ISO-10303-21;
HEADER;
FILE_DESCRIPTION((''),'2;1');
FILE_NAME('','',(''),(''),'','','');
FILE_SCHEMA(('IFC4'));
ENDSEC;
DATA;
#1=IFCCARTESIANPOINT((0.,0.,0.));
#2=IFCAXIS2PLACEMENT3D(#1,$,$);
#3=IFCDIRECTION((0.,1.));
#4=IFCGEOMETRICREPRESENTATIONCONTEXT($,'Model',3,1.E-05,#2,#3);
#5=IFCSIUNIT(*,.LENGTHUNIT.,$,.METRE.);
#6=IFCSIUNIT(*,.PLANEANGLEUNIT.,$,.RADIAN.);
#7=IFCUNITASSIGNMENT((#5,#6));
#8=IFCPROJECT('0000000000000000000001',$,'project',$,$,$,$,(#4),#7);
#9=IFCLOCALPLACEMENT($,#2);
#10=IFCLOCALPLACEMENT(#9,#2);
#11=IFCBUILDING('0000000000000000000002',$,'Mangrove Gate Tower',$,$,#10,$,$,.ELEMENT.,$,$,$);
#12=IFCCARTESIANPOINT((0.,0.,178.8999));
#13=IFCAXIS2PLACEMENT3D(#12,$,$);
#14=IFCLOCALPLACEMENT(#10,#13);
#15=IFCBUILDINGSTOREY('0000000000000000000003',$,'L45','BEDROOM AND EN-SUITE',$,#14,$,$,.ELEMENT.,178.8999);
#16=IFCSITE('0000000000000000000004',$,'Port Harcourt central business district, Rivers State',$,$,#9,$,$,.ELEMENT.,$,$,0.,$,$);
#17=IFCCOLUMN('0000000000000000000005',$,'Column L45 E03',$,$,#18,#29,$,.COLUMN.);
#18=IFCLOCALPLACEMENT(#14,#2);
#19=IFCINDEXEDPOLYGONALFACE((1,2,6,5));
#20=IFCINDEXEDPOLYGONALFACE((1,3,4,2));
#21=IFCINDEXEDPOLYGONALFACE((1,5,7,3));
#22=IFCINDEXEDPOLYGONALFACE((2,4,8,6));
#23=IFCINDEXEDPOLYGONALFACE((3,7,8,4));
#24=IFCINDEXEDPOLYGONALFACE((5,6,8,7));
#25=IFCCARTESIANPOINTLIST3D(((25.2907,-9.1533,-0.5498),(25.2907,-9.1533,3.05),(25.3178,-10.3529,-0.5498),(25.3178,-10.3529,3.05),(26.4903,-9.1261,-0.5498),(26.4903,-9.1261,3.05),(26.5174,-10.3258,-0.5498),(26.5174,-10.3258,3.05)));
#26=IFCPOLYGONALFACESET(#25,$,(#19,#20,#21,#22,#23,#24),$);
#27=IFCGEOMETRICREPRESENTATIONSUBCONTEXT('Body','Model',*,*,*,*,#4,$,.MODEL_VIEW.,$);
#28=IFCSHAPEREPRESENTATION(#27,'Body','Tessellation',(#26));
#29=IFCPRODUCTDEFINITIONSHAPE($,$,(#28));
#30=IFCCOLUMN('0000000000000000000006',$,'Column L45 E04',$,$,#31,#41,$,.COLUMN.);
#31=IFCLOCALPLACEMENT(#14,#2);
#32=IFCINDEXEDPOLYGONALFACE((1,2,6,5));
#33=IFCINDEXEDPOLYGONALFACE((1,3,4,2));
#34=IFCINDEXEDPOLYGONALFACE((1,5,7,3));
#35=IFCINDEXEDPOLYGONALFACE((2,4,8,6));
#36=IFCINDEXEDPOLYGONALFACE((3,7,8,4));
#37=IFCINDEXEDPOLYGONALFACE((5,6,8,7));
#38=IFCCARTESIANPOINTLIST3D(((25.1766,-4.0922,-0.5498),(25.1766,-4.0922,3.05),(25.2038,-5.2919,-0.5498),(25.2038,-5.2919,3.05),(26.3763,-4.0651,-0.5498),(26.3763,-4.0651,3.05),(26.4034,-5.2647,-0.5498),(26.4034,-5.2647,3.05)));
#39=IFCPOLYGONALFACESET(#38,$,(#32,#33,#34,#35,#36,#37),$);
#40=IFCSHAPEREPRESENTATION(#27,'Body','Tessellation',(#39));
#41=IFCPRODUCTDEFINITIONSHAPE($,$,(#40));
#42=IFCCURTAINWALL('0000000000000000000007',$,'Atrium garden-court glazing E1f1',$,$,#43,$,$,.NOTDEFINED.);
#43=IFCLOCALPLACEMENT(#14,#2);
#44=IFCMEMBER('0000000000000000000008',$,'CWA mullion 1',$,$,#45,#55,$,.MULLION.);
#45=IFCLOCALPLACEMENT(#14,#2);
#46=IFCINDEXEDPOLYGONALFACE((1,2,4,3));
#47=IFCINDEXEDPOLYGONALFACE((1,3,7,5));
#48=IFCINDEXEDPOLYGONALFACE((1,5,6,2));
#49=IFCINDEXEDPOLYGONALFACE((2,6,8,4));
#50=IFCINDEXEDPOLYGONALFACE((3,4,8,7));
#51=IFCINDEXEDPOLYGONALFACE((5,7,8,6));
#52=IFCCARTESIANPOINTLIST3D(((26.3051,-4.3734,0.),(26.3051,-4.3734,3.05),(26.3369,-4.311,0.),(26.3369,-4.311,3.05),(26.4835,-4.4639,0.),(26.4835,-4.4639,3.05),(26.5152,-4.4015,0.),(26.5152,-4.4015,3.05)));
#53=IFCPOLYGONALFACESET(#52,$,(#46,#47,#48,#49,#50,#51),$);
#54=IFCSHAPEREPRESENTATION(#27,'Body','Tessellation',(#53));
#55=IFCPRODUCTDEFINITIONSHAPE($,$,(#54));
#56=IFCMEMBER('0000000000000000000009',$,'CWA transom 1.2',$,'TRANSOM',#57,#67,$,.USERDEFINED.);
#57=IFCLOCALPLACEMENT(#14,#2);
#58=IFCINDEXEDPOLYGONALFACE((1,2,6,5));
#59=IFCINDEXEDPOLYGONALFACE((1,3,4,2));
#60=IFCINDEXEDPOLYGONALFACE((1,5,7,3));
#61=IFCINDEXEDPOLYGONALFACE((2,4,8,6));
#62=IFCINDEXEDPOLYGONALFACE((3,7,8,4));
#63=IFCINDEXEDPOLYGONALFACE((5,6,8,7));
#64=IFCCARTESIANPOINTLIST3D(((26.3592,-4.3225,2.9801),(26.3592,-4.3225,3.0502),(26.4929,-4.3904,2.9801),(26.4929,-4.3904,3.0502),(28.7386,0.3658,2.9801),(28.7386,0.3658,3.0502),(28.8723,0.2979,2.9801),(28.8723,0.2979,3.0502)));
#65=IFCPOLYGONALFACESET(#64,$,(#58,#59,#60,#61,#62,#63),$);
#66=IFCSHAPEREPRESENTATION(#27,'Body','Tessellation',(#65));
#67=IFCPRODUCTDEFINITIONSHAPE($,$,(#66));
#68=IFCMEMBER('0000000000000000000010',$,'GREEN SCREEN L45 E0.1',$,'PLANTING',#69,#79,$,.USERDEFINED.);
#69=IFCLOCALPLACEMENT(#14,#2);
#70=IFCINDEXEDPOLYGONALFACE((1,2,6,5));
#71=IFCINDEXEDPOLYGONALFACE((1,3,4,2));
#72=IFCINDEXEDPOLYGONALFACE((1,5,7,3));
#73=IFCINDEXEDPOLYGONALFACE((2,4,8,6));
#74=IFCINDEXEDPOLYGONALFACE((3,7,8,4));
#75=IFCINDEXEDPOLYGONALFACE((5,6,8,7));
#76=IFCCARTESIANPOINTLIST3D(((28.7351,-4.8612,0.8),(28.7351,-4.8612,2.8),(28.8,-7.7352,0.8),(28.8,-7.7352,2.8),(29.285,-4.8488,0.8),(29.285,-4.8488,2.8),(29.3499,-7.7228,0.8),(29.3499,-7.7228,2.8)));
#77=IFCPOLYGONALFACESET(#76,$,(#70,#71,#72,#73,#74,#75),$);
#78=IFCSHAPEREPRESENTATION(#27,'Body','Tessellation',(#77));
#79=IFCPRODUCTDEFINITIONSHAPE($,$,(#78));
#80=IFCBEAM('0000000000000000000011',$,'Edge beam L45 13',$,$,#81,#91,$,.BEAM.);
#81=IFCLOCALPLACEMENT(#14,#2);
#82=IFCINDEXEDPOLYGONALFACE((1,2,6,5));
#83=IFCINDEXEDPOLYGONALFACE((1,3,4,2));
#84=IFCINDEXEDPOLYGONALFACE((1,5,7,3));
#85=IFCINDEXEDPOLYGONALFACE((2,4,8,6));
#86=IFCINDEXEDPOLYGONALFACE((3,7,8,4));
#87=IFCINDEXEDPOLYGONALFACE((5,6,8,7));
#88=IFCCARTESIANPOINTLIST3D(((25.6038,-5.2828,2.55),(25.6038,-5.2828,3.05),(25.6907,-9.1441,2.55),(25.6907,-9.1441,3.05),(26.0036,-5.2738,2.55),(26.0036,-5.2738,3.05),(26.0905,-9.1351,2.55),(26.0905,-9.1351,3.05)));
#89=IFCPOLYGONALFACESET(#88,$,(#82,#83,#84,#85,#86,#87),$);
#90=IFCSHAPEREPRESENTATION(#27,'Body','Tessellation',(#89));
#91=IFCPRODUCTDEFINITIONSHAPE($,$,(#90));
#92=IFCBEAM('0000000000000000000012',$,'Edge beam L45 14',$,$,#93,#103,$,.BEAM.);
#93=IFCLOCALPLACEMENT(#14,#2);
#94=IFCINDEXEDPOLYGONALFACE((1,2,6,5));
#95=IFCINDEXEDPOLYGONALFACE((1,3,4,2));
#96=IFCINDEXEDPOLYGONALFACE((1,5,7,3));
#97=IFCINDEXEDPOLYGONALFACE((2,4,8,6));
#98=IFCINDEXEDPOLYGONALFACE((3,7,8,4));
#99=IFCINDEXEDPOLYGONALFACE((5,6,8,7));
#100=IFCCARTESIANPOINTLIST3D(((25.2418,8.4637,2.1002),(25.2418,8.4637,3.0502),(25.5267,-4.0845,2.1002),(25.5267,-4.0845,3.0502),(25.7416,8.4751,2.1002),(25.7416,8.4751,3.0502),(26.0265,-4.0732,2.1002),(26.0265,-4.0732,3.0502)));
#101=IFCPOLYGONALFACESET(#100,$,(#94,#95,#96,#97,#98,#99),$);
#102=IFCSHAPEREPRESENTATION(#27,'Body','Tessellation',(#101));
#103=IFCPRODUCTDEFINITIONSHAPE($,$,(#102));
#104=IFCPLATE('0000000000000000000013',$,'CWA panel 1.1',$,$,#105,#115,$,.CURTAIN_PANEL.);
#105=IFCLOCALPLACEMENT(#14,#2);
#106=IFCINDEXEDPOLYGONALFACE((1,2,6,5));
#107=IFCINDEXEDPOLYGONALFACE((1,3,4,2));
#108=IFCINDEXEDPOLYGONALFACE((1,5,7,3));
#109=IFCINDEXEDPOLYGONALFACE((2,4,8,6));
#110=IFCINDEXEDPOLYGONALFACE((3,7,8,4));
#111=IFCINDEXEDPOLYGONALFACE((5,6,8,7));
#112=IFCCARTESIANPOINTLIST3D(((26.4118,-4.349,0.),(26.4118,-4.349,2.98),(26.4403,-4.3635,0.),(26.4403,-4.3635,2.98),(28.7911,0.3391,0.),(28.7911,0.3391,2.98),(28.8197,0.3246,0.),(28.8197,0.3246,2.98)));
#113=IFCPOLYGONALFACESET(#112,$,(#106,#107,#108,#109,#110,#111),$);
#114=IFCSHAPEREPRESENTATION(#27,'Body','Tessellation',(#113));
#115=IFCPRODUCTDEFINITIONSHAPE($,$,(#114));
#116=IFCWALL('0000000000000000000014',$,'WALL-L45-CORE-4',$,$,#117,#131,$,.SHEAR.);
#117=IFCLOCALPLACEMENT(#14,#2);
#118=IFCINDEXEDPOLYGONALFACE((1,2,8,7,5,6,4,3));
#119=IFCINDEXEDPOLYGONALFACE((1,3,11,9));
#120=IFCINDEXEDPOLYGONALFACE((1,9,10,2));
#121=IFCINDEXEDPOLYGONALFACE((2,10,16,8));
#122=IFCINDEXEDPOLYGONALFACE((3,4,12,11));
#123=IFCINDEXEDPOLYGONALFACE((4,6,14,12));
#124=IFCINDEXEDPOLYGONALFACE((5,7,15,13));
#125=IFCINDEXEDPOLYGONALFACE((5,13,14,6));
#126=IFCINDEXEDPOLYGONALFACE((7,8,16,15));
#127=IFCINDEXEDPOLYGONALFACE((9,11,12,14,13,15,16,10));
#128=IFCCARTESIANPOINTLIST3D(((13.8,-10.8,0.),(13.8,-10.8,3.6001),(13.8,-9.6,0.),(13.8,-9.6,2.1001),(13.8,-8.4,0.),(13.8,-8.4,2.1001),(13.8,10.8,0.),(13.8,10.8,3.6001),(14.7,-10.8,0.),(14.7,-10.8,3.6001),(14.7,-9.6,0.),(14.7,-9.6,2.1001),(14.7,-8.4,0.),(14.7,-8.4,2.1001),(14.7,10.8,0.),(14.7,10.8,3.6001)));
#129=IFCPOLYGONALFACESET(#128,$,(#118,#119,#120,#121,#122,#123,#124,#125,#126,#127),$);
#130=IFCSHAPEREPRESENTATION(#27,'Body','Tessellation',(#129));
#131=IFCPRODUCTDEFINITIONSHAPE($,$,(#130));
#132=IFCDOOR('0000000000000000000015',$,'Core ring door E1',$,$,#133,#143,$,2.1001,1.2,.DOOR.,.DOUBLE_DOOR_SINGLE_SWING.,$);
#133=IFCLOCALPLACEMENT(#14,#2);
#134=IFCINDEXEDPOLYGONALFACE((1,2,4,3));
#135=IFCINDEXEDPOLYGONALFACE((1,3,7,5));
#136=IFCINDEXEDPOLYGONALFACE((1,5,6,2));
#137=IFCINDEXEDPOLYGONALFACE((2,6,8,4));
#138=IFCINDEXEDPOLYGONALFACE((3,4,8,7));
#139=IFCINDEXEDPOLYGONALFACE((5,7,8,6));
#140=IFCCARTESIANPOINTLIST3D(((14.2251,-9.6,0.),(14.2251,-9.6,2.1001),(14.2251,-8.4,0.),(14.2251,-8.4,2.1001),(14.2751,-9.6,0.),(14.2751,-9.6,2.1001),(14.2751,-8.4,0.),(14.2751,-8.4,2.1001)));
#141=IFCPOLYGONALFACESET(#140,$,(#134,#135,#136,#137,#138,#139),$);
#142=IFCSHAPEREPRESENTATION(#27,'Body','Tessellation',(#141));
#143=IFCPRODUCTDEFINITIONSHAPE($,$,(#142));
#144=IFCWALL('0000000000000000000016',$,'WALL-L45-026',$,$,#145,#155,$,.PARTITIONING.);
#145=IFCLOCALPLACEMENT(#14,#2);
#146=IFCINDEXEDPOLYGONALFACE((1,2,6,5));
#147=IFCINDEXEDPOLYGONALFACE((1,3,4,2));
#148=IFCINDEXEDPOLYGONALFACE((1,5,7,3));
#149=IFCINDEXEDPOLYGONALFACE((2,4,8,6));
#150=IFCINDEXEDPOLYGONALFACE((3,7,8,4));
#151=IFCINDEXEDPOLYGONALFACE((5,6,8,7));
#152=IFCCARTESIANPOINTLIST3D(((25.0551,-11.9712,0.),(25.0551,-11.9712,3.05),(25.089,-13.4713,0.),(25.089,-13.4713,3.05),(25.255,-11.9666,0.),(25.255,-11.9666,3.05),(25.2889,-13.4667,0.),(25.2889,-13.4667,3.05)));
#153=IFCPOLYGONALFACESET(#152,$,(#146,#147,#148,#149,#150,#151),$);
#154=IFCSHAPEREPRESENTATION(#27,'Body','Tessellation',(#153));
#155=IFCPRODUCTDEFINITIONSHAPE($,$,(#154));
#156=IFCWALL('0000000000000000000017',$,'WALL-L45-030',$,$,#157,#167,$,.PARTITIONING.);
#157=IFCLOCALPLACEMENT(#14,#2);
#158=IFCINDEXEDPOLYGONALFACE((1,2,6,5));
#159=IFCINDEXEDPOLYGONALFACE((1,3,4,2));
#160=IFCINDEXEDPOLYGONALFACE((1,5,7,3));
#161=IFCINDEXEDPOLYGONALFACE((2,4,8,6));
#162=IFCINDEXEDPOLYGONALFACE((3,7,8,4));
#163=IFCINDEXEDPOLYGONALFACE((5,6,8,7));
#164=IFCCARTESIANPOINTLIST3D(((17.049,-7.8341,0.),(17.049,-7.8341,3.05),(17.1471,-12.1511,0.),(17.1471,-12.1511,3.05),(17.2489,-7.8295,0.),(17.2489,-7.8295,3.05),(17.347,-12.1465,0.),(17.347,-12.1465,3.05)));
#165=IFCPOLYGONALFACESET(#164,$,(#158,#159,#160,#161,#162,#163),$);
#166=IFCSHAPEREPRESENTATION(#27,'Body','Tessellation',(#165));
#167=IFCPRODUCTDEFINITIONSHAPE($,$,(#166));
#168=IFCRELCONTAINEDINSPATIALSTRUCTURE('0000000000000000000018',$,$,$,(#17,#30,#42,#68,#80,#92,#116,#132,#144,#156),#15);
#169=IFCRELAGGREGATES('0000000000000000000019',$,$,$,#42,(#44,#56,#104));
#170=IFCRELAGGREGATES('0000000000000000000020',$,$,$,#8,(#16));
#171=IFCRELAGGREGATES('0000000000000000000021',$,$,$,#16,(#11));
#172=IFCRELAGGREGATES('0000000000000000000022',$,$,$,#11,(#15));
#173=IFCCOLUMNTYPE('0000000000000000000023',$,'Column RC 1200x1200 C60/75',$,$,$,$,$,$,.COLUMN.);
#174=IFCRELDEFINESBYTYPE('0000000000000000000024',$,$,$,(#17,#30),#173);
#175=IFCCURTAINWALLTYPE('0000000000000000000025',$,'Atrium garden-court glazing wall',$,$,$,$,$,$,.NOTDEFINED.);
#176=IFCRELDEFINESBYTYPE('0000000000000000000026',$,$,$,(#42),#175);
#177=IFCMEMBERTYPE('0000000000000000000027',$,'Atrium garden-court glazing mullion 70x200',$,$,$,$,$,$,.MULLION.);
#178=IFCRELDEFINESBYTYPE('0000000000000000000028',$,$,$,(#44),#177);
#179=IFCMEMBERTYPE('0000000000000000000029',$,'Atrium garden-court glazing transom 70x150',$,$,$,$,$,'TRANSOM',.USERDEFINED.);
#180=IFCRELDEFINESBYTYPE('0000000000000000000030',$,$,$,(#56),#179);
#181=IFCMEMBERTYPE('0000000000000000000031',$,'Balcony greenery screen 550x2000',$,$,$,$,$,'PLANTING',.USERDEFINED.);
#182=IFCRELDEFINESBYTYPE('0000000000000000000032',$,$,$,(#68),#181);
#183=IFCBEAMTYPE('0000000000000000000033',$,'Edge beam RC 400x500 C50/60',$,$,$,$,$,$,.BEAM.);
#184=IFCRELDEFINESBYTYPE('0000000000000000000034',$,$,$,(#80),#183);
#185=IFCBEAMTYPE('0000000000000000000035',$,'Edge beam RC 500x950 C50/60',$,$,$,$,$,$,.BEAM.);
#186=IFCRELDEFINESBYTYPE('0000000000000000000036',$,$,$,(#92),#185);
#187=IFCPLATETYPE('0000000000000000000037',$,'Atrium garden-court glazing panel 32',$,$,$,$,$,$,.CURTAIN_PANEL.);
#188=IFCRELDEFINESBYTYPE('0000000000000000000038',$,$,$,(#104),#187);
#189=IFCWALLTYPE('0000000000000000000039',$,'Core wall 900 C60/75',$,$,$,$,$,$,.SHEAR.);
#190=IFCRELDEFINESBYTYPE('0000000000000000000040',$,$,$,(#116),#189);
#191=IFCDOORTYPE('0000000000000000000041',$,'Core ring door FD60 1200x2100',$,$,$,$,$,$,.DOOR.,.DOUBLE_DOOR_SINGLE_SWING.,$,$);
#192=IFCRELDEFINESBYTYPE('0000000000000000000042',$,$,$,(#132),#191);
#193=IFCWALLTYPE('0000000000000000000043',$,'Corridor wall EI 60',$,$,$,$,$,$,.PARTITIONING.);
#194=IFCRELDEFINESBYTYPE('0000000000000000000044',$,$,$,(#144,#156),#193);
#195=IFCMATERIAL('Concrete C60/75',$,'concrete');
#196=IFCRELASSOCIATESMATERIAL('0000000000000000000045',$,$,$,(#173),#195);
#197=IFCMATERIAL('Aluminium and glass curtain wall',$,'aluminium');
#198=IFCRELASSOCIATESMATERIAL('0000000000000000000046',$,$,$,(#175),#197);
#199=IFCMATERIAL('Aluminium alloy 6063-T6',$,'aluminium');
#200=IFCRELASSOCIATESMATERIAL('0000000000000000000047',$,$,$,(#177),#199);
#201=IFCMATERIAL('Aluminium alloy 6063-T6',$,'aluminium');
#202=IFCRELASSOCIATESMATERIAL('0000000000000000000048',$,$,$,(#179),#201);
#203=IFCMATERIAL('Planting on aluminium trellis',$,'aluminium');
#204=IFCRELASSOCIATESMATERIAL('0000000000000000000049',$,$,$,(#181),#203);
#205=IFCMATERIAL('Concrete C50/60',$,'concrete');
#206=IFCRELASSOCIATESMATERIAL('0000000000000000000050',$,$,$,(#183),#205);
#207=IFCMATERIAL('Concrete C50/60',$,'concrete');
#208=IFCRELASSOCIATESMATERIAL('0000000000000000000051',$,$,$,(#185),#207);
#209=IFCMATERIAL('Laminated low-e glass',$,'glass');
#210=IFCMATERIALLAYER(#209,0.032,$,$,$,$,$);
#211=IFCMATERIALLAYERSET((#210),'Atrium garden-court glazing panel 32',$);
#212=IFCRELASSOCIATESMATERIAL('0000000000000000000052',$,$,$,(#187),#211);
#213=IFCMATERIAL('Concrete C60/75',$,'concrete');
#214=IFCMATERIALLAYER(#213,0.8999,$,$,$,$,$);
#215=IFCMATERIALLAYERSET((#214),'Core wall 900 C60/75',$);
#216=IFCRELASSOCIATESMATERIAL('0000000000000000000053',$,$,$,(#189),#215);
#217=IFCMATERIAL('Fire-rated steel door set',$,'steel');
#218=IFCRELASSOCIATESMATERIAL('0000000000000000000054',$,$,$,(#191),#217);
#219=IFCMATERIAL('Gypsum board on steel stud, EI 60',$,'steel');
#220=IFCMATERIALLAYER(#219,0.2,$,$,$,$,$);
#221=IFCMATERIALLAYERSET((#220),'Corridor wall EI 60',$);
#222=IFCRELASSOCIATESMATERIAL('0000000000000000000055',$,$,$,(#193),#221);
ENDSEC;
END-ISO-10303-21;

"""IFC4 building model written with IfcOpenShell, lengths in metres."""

from ifc_helpers import new_model, si_unit, direction, frame, frame_2d, origin, origin_2d, place, context, subcontext, project, spatial, rectangle, extrude, material, layer, layer_set, material_profile, profile_set, type_object, element, fill, aggregate, save


model = new_model("IFC4")

# Units and contexts
model_context = context("Model", 3, precision=1e-05, world=origin(), true_north=direction((0.0, 1.0)))
body_context = subcontext(model_context, "Body", "Model", "MODEL_VIEW")
ifc_project = project(units=[si_unit("LENGTHUNIT", "METRE"), si_unit("PLANEANGLEUNIT", "RADIAN")], contexts=[model_context])

# Site, building, storey
site_placement = place(None, origin())
site = spatial("IfcSite", under=ifc_project, at=site_placement, Name="Port Harcourt central business district, Rivers State", CompositionType="ELEMENT", RefElevation=0.0)
building_placement = place(site_placement, origin())
building = spatial("IfcBuilding", under=site, at=building_placement, Name="Mangrove Gate Tower", CompositionType="ELEMENT")
storey_placement = place(building_placement, frame((0.0, 0.0, 178.8999)))
storey = spatial("IfcBuildingStorey", under=building, at=storey_placement, Name="L45", Description="BEDROOM AND EN-SUITE", CompositionType="ELEMENT", Elevation=178.8999)

# Columns
ifc_material_1 = material(Name="Concrete C60/75", Category="concrete")
ifc_material_profile_1 = material_profile(ifc_material_1, rectangle(XDim=1.2, YDim=1.2, at=origin_2d()))
ifc_profile_set_1 = profile_set([ifc_material_profile_1], Name="Concrete C60/75")
column_type = type_object("IfcColumnType", Name="Column RC 1200x1200 C60/75", PredefinedType="COLUMN", material=ifc_profile_set_1)
for number, where, z_axis, x_axis, name in (
    (1, (25.9041, -9.7395, -0.5498), (0.0, 0.0, 1.0), (-0.022618, 0.999744, 0.0), "Column L45 E03"),
    (2, (25.79, -4.6785, -0.5498), (0.0, 0.0, 1.0), (-0.022643, 0.999744, 0.0), "Column L45 E04"),
):
    element("IfcColumn", number, at=place(storey_placement, frame(where, z_axis=z_axis, x_axis=x_axis)), inside=storey, type_object=column_type, Name=name, PredefinedType="COLUMN", context=body_context, shape_type="SweptSolid", body=[
        extrude(rectangle(XDim=1.2, YDim=1.2, at=origin_2d()), origin(), (0.0, 0.0, 1.0), 3.5999),
    ])

# Curtain wall, members
ifc_material_2 = material(Name="Aluminium and glass curtain wall", Category="aluminium")
curtain_wall_type = type_object("IfcCurtainWallType", Name="Atrium garden-court glazing wall", PredefinedType="NOTDEFINED", material=ifc_material_2)
curtain_wall_placement = place(storey_placement, origin())
curtain_wall = element("IfcCurtainWall", 3, at=curtain_wall_placement, inside=storey, type_object=curtain_wall_type, Name="Atrium garden-court glazing E1f1", PredefinedType="NOTDEFINED")
ifc_material_3 = material(Name="Aluminium alloy 6063-T6", Category="aluminium")
ifc_material_profile_2 = material_profile(ifc_material_3, rectangle(XDim=0.0701, YDim=0.2, at=origin_2d()))
ifc_profile_set_2 = profile_set([ifc_material_profile_2], Name="Aluminium alloy 6063-T6")
member_type_1 = type_object("IfcMemberType", Name="Atrium garden-court glazing mullion 70x200", PredefinedType="MULLION", material=ifc_profile_set_2)
member_1_placement = place(storey_placement, frame((26.4102, -4.3875, 0.0), z_axis=(0.0, 0.0, 1.0), x_axis=(0.452578, 0.891725, 0.0)))
member_1 = element("IfcMember", 4, at=member_1_placement, type_object=member_type_1, Name="CWA mullion 1", PredefinedType="MULLION", context=body_context, shape_type="SweptSolid", body=[
    extrude(rectangle(XDim=0.0701, YDim=0.2, at=origin_2d()), origin(), (0.0, 0.0, 1.0), 3.05),
])
ifc_material_4 = material(Name="Aluminium alloy 6063-T6", Category="aluminium")
ifc_material_profile_3 = material_profile(ifc_material_4, rectangle(XDim=0.0701, YDim=0.1499, at=origin_2d()))
ifc_profile_set_3 = profile_set([ifc_material_profile_3], Name="Aluminium alloy 6063-T6")
member_type_2 = type_object("IfcMemberType", Name="Atrium garden-court glazing transom 70x150", ElementType="TRANSOM", PredefinedType="USERDEFINED", material=ifc_profile_set_3)
member_2_placement = place(storey_placement, frame((26.426, -4.3564, 3.0151), z_axis=(0.452574, 0.891727, 0.0), x_axis=(0.0, 0.0, 1.0)))
member_2 = element("IfcMember", 5, at=member_2_placement, type_object=member_type_2, Name="CWA transom 1.2", ObjectType="TRANSOM", PredefinedType="USERDEFINED", context=body_context, shape_type="SweptSolid", body=[
    extrude(rectangle(XDim=0.0701, YDim=0.1499, at=origin_2d()), origin(), (0.0, 0.0, 1.0), 5.2576),
])

# Member
ifc_material_5 = material(Name="Planting on aluminium trellis", Category="aluminium")
ifc_material_profile_4 = material_profile(ifc_material_5, rectangle(XDim=0.55, YDim=2.0, at=origin_2d()))
ifc_profile_set_4 = profile_set([ifc_material_profile_4], Name="Planting on aluminium trellis")
member_type_3 = type_object("IfcMemberType", Name="Balcony greenery screen 550x2000", ElementType="PLANTING", PredefinedType="USERDEFINED", material=ifc_profile_set_4)
member_3_placement = place(storey_placement, frame((29.075, -7.729, 1.8), z_axis=(-0.02259, 0.999745, 0.0), x_axis=(-0.999745, -0.02259, 0.0)))
element("IfcMember", 6, at=member_3_placement, inside=storey, type_object=member_type_3, Name="GREEN SCREEN L45 E0.1", ObjectType="PLANTING", PredefinedType="USERDEFINED", context=body_context, shape_type="SweptSolid", body=[
    extrude(rectangle(XDim=0.55, YDim=2.0, at=origin_2d()), origin(), (0.0, 0.0, 1.0), 2.8748),
])

# Beams
ifc_material_6 = material(Name="Concrete C50/60", Category="concrete")
ifc_material_profile_5 = material_profile(ifc_material_6, rectangle(XDim=0.3999, YDim=0.5, at=origin_2d()))
ifc_profile_set_5 = profile_set([ifc_material_profile_5], Name="Concrete C50/60")
beam_type_1 = type_object("IfcBeamType", Name="Edge beam RC 400x500 C50/60", PredefinedType="BEAM", material=ifc_profile_set_5)
beam_1_placement = place(storey_placement, frame((25.8906, -9.1396, 2.8), z_axis=(-0.022503, 0.999747, 0.0), x_axis=(-0.999747, -0.022503, 0.0)))
element("IfcBeam", 7, at=beam_1_placement, inside=storey, type_object=beam_type_1, Name="Edge beam L45 13", PredefinedType="BEAM", context=body_context, shape_type="SweptSolid", body=[
    extrude(rectangle(XDim=0.3999, YDim=0.5, at=origin_2d()), origin(), (0.0, 0.0, 1.0), 3.8623),
])
ifc_material_7 = material(Name="Concrete C50/60", Category="concrete")
ifc_material_profile_6 = material_profile(ifc_material_7, rectangle(XDim=0.5, YDim=0.95, at=origin_2d()))
ifc_profile_set_6 = profile_set([ifc_material_profile_6], Name="Concrete C50/60")
beam_type_2 = type_object("IfcBeamType", Name="Edge beam RC 500x950 C50/60", PredefinedType="BEAM", material=ifc_profile_set_6)
beam_2_placement = place(storey_placement, frame((25.7766, -4.0789, 2.5752), z_axis=(-0.022699, 0.999742, 0.0), x_axis=(-0.999742, -0.022699, 0.0)))
element("IfcBeam", 8, at=beam_2_placement, inside=storey, type_object=beam_type_2, Name="Edge beam L45 14", PredefinedType="BEAM", context=body_context, shape_type="SweptSolid", body=[
    extrude(rectangle(XDim=0.5, YDim=0.95, at=origin_2d()), origin(), (0.0, 0.0, 1.0), 12.5515),
])

# Plate
ifc_material_8 = material(Name="Laminated low-e glass", Category="glass")
ifc_layer_1 = layer(ifc_material_8, 0.032)
ifc_layer_set_1 = layer_set([ifc_layer_1], Name="Atrium garden-court glazing panel 32")
plate_type = type_object("IfcPlateType", Name="Atrium garden-court glazing panel 32", PredefinedType="CURTAIN_PANEL", material=ifc_layer_set_1)
plate_placement = place(storey_placement, frame((27.6157, -2.0122, 0.0), z_axis=(0.0, 0.0, 1.0), x_axis=(0.452578, 0.891725, 0.0)))
plate = element("IfcPlate", 9, at=plate_placement, type_object=plate_type, Name="CWA panel 1.1", PredefinedType="CURTAIN_PANEL", context=body_context, shape_type="SweptSolid", body=[
    extrude(rectangle(XDim=5.2573, YDim=0.032, at=origin_2d()), origin(), (0.0, 0.0, 1.0), 2.98),
])
aggregate(curtain_wall, [member_1, member_2, plate])

# Wall, opening, door
ifc_material_9 = material(Name="Concrete C60/75", Category="concrete")
ifc_layer_2 = layer(ifc_material_9, 0.8999)
ifc_layer_set_2 = layer_set([ifc_layer_2], Name="Core wall 900 C60/75")
wall_type_1 = type_object("IfcWallType", Name="Core wall 900 C60/75", PredefinedType="SHEAR", material=ifc_layer_set_2)
wall_1_placement = place(storey_placement, frame((14.25, -10.8, 0.0), z_axis=(0.0, 0.0, 1.0), x_axis=(0.0, 1.0, 0.0)))
wall_1 = element("IfcWall", 10, at=wall_1_placement, inside=storey, type_object=wall_type_1, Name="WALL-L45-CORE-4", PredefinedType="SHEAR", context=body_context, shape_type="SweptSolid", body=[
    extrude(rectangle(XDim=21.6001, YDim=0.8999, at=frame_2d((10.8, 0.0))), origin(), (0.0, 0.0, 1.0), 3.6001),
])
opening_1_placement = place(wall_1_placement, frame((1.2, 0.0, 0.0)))
opening_1 = element("IfcOpeningElement", 11, at=opening_1_placement, cuts=wall_1, PredefinedType="OPENING", context=body_context, shape_type="SweptSolid", body=[
    extrude(rectangle(XDim=1.2, YDim=2.1001, at=frame_2d((0.6001, 1.05))), frame((0.0, 0.46, 0.0), z_axis=(0.0, -1.0, 0.0), x_axis=(1.0, 0.0, 0.0)), (0.0, 0.0, 1.0), 0.9199),
])
ifc_material_10 = material(Name="Fire-rated steel door set", Category="steel")
door_type_1 = type_object("IfcDoorType", Name="Core ring door FD60 1200x2100", OperationType="DOUBLE_DOOR_SINGLE_SWING", PredefinedType="DOOR", material=ifc_material_10)
door_1_placement = place(opening_1_placement, origin())
door_1 = element("IfcDoor", 12, at=door_1_placement, inside=storey, type_object=door_type_1, Name="Core ring door E1", OperationType="DOUBLE_DOOR_SINGLE_SWING", OverallHeight=2.1001, OverallWidth=1.2, PredefinedType="DOOR", context=body_context, shape_type="SweptSolid", body=[
    extrude(rectangle(XDim=1.2, YDim=2.1001, at=frame_2d((0.6001, 1.05))), frame((0.0, 0.0249, 0.0), z_axis=(0.0, -1.0, 0.0), x_axis=(1.0, 0.0, 0.0)), (0.0, 0.0, 1.0), 0.05),
])
fill(opening_1, door_1)

# Walls
ifc_material_11 = material(Name="Gypsum board on steel stud, EI 60", Category="steel")
ifc_layer_3 = layer(ifc_material_11, 0.2)
ifc_layer_set_3 = layer_set([ifc_layer_3], Name="Corridor wall EI 60")
wall_type_2 = type_object("IfcWallType", Name="Corridor wall EI 60", PredefinedType="PARTITIONING", material=ifc_layer_set_3)
wall_2_placement = place(storey_placement, frame((25.189, -13.469, 0.0), z_axis=(0.0, 0.0, 1.0), x_axis=(-0.022618, 0.999744, 0.0)))
element("IfcWall", 13, at=wall_2_placement, inside=storey, type_object=wall_type_2, Name="WALL-L45-026", PredefinedType="PARTITIONING", context=body_context, shape_type="SweptSolid", body=[
    extrude(rectangle(XDim=1.5005, YDim=0.2, at=frame_2d((0.7502, 0.0))), origin(), (0.0, 0.0, 1.0), 3.05),
])
wall_3_placement = place(storey_placement, frame((17.2471, -12.1489, 0.0), z_axis=(0.0, 0.0, 1.0), x_axis=(-0.022729, 0.999742, 0.0)))
element("IfcWall", 14, at=wall_3_placement, inside=storey, type_object=wall_type_2, Name="WALL-L45-030", PredefinedType="PARTITIONING", context=body_context, shape_type="SweptSolid", body=[
    extrude(rectangle(XDim=4.3181, YDim=0.2, at=frame_2d((2.1592, 0.0))), origin(), (0.0, 0.0, 1.0), 3.05),
])

save(model, "model.ifc")
